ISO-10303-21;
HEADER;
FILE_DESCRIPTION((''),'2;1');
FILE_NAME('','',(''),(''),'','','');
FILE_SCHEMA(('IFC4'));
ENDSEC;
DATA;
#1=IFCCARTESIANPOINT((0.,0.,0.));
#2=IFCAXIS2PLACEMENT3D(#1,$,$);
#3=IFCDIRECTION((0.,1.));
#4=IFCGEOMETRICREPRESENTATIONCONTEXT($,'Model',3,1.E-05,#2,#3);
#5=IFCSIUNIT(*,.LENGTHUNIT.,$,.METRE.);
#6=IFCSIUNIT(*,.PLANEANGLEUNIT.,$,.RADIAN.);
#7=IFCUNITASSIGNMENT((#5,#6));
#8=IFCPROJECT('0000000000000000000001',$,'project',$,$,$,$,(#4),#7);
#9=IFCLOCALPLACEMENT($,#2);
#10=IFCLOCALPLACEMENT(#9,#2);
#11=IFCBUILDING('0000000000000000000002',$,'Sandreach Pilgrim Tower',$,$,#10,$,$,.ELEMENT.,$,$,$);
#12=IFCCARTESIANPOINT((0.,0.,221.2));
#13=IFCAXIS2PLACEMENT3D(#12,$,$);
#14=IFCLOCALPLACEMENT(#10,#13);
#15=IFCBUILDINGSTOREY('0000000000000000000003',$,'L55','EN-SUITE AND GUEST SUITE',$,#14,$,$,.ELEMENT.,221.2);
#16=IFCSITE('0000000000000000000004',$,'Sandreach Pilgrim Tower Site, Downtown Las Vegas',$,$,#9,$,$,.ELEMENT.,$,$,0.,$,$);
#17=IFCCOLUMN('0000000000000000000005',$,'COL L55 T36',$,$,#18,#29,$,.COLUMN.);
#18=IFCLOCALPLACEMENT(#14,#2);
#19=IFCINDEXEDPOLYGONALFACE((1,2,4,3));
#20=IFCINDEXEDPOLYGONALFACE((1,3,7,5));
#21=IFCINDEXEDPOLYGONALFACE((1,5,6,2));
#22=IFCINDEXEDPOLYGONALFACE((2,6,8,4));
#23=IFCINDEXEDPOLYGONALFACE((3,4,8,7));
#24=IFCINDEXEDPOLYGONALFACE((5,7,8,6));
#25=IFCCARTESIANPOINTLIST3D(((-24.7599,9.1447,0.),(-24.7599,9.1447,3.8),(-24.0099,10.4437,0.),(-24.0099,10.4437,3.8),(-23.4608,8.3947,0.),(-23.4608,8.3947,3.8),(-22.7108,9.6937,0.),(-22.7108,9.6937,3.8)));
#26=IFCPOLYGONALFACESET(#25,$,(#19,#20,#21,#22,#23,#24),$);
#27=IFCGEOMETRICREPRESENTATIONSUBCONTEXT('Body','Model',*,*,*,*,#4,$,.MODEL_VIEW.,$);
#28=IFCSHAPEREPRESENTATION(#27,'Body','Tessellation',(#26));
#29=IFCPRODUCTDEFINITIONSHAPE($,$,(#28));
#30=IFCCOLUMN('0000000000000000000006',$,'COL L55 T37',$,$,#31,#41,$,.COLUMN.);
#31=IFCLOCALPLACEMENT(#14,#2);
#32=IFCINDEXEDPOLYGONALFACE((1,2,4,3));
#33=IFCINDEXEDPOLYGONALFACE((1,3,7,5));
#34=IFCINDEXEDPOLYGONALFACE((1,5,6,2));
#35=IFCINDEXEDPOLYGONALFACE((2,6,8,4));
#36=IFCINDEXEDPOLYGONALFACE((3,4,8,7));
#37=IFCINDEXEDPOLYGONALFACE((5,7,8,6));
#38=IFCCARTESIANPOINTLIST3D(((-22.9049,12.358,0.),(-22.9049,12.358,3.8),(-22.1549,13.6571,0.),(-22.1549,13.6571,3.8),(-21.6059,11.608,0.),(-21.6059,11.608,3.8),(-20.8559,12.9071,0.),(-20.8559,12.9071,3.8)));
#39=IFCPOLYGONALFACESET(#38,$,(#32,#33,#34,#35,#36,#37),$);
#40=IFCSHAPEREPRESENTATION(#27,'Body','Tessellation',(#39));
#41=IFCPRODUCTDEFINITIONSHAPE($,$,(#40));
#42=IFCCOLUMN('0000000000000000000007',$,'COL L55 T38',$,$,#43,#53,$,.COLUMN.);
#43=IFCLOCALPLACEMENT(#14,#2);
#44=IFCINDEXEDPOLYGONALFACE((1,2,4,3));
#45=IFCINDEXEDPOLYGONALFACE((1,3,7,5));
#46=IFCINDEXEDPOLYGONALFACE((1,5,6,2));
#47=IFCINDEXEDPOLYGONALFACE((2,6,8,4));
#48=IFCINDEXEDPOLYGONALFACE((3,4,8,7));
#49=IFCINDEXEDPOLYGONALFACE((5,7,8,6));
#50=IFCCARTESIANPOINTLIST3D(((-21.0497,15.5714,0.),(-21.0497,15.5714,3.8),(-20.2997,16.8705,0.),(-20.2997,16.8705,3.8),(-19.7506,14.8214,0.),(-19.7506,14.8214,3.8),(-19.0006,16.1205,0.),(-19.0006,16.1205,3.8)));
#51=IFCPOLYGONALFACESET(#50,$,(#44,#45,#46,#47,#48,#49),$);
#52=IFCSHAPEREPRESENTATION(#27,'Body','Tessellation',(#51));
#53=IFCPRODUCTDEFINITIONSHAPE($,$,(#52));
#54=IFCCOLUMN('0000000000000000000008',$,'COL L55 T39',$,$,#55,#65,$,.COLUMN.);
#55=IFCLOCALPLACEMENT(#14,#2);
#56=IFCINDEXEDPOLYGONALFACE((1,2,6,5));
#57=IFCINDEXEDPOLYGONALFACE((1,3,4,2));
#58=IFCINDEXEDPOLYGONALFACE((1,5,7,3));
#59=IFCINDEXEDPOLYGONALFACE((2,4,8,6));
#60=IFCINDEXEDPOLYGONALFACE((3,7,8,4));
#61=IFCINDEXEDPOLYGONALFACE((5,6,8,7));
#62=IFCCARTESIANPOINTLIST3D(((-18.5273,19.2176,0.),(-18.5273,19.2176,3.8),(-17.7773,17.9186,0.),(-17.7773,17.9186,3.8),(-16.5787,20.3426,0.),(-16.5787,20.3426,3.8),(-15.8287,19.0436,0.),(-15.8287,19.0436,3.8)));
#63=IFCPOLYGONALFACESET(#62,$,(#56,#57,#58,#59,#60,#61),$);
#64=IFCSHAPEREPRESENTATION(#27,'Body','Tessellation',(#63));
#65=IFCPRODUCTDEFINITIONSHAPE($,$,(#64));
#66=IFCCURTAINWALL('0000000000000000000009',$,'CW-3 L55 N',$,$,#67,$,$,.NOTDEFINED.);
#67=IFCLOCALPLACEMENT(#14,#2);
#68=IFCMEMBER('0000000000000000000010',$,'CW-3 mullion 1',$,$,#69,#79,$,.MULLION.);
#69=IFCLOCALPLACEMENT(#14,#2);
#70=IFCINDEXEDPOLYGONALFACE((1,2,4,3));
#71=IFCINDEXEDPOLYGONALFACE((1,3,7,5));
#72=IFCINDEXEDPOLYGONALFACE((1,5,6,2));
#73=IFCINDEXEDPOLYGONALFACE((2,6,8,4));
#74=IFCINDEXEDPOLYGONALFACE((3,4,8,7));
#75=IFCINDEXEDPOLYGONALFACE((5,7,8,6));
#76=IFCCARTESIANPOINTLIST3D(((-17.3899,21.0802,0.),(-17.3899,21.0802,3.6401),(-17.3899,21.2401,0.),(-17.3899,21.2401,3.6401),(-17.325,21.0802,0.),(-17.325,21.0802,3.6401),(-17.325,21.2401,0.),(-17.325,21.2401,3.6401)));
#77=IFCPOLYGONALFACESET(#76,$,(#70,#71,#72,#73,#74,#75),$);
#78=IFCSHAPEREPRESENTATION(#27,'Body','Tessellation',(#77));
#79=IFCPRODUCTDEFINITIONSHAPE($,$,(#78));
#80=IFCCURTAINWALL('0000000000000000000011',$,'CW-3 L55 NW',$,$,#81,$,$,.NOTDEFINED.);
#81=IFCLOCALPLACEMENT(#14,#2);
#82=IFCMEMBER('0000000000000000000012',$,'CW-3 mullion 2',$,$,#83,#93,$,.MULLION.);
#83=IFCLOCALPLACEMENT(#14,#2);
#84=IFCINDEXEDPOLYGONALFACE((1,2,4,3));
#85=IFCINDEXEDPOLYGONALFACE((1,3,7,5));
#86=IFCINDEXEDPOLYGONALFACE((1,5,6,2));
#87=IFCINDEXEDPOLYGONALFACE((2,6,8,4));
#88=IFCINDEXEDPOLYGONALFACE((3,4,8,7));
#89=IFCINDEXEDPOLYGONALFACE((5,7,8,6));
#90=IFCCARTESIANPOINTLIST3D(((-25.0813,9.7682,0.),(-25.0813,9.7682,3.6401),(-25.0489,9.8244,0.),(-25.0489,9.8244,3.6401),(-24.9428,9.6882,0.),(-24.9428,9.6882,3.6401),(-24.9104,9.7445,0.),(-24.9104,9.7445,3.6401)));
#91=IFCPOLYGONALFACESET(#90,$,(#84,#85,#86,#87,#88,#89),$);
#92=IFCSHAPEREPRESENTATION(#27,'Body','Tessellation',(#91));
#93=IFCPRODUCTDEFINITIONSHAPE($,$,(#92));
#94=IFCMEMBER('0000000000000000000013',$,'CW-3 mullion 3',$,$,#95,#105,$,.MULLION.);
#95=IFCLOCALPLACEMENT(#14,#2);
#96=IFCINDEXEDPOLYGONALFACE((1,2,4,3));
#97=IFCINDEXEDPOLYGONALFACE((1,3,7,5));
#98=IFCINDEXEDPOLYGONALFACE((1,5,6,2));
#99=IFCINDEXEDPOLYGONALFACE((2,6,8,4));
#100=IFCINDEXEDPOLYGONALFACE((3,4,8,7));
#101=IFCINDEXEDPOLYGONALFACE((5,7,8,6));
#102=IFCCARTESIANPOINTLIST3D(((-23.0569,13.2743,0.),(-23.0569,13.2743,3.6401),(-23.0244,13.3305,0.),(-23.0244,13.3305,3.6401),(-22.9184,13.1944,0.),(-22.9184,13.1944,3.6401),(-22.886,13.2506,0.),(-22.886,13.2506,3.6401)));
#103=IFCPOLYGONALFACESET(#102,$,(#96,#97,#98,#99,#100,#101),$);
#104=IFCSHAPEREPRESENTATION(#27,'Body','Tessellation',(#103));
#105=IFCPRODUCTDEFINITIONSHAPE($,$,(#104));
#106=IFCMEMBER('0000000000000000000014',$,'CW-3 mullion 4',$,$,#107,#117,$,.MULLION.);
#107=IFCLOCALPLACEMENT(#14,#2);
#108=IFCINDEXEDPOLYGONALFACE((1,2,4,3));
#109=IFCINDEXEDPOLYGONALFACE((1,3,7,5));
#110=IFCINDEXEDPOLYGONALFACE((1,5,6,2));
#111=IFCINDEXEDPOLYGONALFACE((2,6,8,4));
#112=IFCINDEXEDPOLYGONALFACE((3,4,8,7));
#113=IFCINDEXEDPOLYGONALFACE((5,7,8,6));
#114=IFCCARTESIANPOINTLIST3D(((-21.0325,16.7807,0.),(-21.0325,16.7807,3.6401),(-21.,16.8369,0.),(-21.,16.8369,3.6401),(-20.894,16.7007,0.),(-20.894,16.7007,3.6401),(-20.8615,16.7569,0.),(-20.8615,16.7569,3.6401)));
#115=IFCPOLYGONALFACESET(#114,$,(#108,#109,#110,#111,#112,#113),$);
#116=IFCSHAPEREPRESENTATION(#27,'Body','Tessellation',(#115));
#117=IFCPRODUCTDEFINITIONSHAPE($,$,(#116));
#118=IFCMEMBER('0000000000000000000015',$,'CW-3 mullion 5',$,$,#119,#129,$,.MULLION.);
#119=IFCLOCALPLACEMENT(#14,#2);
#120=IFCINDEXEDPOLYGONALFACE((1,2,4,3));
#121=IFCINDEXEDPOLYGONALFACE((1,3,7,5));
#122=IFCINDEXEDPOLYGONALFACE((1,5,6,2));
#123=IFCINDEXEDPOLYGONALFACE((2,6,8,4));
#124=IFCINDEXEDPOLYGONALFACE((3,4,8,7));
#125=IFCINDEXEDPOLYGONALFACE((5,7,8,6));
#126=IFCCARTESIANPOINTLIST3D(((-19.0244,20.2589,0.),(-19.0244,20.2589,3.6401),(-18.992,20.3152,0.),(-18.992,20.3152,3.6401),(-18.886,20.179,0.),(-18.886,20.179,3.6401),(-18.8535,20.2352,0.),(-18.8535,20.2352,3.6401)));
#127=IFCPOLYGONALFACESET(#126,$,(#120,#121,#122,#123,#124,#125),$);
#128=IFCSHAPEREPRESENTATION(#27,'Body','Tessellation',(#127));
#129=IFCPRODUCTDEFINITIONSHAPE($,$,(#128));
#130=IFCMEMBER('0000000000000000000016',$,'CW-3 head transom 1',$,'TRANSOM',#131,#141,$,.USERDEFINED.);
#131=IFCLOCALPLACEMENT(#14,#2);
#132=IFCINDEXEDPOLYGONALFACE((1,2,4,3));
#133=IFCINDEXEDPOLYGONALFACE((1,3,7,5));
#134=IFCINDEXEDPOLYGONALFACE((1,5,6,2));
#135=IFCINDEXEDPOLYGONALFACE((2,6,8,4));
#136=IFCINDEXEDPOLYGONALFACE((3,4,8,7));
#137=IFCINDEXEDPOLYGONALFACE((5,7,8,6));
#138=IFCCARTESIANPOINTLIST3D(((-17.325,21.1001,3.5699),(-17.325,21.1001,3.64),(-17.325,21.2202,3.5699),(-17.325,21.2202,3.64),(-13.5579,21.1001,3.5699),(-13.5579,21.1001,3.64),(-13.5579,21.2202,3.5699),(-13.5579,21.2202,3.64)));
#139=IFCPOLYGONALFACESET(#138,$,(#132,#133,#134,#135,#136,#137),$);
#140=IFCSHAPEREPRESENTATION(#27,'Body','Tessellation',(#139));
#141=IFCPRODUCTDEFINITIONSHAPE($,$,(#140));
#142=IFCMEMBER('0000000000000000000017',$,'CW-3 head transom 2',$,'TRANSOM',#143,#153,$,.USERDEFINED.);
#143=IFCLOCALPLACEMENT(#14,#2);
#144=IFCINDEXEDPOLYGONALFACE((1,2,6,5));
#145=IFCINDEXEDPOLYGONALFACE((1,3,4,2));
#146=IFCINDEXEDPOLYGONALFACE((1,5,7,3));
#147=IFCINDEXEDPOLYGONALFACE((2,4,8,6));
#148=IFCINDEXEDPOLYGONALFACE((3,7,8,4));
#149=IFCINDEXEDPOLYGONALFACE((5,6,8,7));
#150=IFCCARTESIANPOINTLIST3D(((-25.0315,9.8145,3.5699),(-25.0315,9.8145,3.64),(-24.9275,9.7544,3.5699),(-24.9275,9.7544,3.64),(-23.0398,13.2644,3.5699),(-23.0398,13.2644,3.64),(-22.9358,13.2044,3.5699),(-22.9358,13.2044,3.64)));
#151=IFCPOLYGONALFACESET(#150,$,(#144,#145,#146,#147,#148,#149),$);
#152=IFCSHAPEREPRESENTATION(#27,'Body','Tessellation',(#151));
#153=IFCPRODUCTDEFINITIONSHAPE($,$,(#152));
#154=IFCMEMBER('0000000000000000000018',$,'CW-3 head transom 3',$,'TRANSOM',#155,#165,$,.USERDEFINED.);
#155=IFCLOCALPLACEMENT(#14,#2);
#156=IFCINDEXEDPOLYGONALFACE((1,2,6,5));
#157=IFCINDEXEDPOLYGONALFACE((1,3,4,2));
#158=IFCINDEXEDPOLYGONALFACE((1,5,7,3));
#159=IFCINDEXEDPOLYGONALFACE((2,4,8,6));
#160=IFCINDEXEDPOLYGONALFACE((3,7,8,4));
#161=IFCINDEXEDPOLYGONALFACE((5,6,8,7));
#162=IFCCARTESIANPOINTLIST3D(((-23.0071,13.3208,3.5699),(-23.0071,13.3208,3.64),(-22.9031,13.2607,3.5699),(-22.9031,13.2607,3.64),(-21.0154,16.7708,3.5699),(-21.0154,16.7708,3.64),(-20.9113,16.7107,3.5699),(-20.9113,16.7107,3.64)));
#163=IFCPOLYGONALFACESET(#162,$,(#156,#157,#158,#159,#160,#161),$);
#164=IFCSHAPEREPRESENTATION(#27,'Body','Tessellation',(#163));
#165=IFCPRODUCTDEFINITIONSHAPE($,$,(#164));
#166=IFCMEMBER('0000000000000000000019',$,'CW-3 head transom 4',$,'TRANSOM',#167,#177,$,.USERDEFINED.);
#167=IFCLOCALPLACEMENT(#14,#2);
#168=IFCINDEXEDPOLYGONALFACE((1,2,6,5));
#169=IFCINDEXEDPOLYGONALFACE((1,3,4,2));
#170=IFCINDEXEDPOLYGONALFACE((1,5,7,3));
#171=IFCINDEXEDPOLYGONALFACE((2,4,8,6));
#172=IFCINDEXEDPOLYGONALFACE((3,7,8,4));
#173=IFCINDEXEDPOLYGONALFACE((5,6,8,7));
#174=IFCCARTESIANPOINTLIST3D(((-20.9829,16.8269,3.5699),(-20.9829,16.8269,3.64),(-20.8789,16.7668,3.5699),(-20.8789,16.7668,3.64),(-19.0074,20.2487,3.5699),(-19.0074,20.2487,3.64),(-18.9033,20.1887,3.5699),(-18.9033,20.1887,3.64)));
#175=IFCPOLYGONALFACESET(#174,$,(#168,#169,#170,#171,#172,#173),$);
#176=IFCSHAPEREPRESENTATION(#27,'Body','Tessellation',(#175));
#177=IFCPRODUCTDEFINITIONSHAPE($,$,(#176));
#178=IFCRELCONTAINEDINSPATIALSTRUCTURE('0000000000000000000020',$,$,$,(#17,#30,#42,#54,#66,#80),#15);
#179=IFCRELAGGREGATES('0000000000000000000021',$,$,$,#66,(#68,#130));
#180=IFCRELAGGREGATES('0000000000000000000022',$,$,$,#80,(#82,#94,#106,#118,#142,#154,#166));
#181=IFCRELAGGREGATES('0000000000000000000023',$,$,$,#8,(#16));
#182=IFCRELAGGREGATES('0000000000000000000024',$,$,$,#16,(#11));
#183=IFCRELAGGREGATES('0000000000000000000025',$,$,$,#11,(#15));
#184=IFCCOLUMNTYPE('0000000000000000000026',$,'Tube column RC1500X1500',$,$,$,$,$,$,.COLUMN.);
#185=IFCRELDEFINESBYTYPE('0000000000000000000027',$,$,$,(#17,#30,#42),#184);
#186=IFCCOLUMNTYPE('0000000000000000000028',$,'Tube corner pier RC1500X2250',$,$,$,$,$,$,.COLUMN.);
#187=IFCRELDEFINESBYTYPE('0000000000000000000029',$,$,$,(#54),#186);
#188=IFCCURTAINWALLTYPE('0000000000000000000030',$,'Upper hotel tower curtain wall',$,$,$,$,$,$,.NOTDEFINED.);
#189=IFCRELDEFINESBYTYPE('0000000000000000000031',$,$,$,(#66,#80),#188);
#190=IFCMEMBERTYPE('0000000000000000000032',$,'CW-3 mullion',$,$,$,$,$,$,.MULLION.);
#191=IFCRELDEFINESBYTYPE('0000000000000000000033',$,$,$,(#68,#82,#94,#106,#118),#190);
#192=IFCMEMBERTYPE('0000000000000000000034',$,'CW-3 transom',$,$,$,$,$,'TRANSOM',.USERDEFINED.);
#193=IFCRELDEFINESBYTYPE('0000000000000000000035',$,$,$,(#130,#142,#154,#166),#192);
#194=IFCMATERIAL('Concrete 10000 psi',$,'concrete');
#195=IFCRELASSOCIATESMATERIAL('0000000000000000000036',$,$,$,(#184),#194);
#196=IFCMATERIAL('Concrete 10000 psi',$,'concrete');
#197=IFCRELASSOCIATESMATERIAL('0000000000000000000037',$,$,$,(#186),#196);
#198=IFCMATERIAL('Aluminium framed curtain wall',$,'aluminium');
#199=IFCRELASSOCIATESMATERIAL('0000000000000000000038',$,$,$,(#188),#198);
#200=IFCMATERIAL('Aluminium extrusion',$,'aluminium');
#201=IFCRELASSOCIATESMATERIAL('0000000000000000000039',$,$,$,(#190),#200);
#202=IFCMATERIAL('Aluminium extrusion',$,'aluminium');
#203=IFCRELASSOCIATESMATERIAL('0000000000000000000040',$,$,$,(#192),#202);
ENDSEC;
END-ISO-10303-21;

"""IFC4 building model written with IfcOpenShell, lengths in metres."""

from ifc_helpers import new_model, si_unit, direction, frame, origin, origin_2d, place, context, subcontext, project, spatial, rectangle, extrude, material, material_profile, profile_set, type_object, element, aggregate, save


model = new_model("IFC4")

# Units and contexts
model_context = context("Model", 3, precision=1e-05, world=origin(), true_north=direction((0.0, 1.0)))
body_context = subcontext(model_context, "Body", "Model", "MODEL_VIEW")
ifc_project = project(units=[si_unit("LENGTHUNIT", "METRE"), si_unit("PLANEANGLEUNIT", "RADIAN")], contexts=[model_context])

# Site, building, storey
site_placement = place(None, origin())
site = spatial("IfcSite", under=ifc_project, at=site_placement, Name="Sandreach Pilgrim Tower Site, Downtown Las Vegas", CompositionType="ELEMENT", RefElevation=0.0)
building_placement = place(site_placement, origin())
building = spatial("IfcBuilding", under=site, at=building_placement, Name="Sandreach Pilgrim Tower", CompositionType="ELEMENT")
storey_placement = place(building_placement, frame((0.0, 0.0, 221.2)))
storey = spatial("IfcBuildingStorey", under=building, at=storey_placement, Name="L55", Description="EN-SUITE AND GUEST SUITE", CompositionType="ELEMENT", Elevation=221.2)

# Columns
ifc_material_1 = material(Name="Concrete 10000 psi", Category="concrete")
ifc_material_profile_1 = material_profile(ifc_material_1, rectangle(XDim=1.5, YDim=1.5, at=origin_2d()), Name="RC1500X1500")
ifc_profile_set_1 = profile_set([ifc_material_profile_1], Name="Concrete 10000 psi")
column_type_1 = type_object("IfcColumnType", Name="Tube column RC1500X1500", PredefinedType="COLUMN", material=ifc_profile_set_1)
for number, where, z_axis, x_axis, name in (
    (1, (-23.7354, 9.4192, 0.0), (0.0, 0.0, 1.0), (-0.866025, 0.5, 0.0), "COL L55 T36"),
    (2, (-21.8804, 12.6326, 0.0), (0.0, 0.0, 1.0), (-0.866025, 0.5, 0.0), "COL L55 T37"),
    (3, (-20.0251, 15.8459, 0.0), (0.0, 0.0, 1.0), (-0.866025, 0.5, 0.0), "COL L55 T38"),
):
    element("IfcColumn", number, at=place(storey_placement, frame(where, z_axis=z_axis, x_axis=x_axis)), inside=storey, type_object=column_type_1, Name=name, PredefinedType="COLUMN", context=body_context, shape_type="SweptSolid", body=[
        extrude(rectangle(XDim=1.5, YDim=1.5, at=origin_2d()), origin(), (0.0, 0.0, 1.0), 3.8),
    ])
ifc_material_2 = material(Name="Concrete 10000 psi", Category="concrete")
ifc_material_profile_2 = material_profile(ifc_material_2, rectangle(XDim=1.5, YDim=2.25, at=origin_2d()), Name="RC1500X2250")
ifc_profile_set_2 = profile_set([ifc_material_profile_2], Name="Concrete 10000 psi")
column_type_2 = type_object("IfcColumnType", Name="Tube corner pier RC1500X2250", PredefinedType="COLUMN", material=ifc_profile_set_2)
column_placement = place(storey_placement, frame((-17.178, 19.1306, 0.0), z_axis=(0.0, 0.0, 1.0), x_axis=(-0.5, 0.866025, 0.0)))
element("IfcColumn", 4, at=column_placement, inside=storey, type_object=column_type_2, Name="COL L55 T39", PredefinedType="COLUMN", context=body_context, shape_type="SweptSolid", body=[
    extrude(rectangle(XDim=1.5, YDim=2.25, at=origin_2d()), origin(), (0.0, 0.0, 1.0), 3.8),
])

# Curtain wall, member
ifc_material_3 = material(Name="Aluminium framed curtain wall", Category="aluminium")
curtain_wall_type = type_object("IfcCurtainWallType", Name="Upper hotel tower curtain wall", PredefinedType="NOTDEFINED", material=ifc_material_3)
curtain_wall_1_placement = place(storey_placement, origin())
curtain_wall_1 = element("IfcCurtainWall", 5, at=curtain_wall_1_placement, inside=storey, type_object=curtain_wall_type, Name="CW-3 L55 N", PredefinedType="NOTDEFINED")
ifc_material_4 = material(Name="Aluminium extrusion", Category="aluminium")
ifc_material_profile_3 = material_profile(ifc_material_4, rectangle(XDim=0.0649, YDim=0.1599, at=origin_2d()), Name="CW-3M 65X160")
ifc_profile_set_3 = profile_set([ifc_material_profile_3], Name="Aluminium extrusion")
member_type_1 = type_object("IfcMemberType", Name="CW-3 mullion", PredefinedType="MULLION", material=ifc_profile_set_3)
member_1_placement = place(storey_placement, frame((-17.3574, 21.1602, 0.0), z_axis=(0.0, 0.0, 1.0), x_axis=(1.0, 0.0, 0.0)))
member_1 = element("IfcMember", 6, at=member_1_placement, type_object=member_type_1, Name="CW-3 mullion 1", PredefinedType="MULLION", context=body_context, shape_type="SweptSolid", body=[
    extrude(rectangle(XDim=0.0649, YDim=0.1599, at=origin_2d()), origin(), (0.0, 0.0, 1.0), 3.6401),
])

# Curtain wall, members
curtain_wall_2_placement = place(storey_placement, origin())
curtain_wall_2 = element("IfcCurtainWall", 7, at=curtain_wall_2_placement, inside=storey, type_object=curtain_wall_type, Name="CW-3 L55 NW", PredefinedType="NOTDEFINED")
member_2_placement = place(storey_placement, frame((-24.9958, 9.7563, 0.0), z_axis=(0.0, 0.0, 1.0), x_axis=(0.5, 0.866025, 0.0)))
member_2 = element("IfcMember", 8, at=member_2_placement, type_object=member_type_1, Name="CW-3 mullion 2", PredefinedType="MULLION", context=body_context, shape_type="SweptSolid", body=[
    extrude(rectangle(XDim=0.0649, YDim=0.1599, at=origin_2d()), origin(), (0.0, 0.0, 1.0), 3.6401),
])
member_3_placement = place(storey_placement, frame((-22.9714, 13.2625, 0.0), z_axis=(0.0, 0.0, 1.0), x_axis=(0.5, 0.866025, 0.0)))
member_3 = element("IfcMember", 9, at=member_3_placement, type_object=member_type_1, Name="CW-3 mullion 3", PredefinedType="MULLION", context=body_context, shape_type="SweptSolid", body=[
    extrude(rectangle(XDim=0.0649, YDim=0.1599, at=origin_2d()), origin(), (0.0, 0.0, 1.0), 3.6401),
])
member_4_placement = place(storey_placement, frame((-20.947, 16.7688, 0.0), z_axis=(0.0, 0.0, 1.0), x_axis=(0.5, 0.866025, 0.0)))
member_4 = element("IfcMember", 10, at=member_4_placement, type_object=member_type_1, Name="CW-3 mullion 4", PredefinedType="MULLION", context=body_context, shape_type="SweptSolid", body=[
    extrude(rectangle(XDim=0.0649, YDim=0.1599, at=origin_2d()), origin(), (0.0, 0.0, 1.0), 3.6401),
])
member_5_placement = place(storey_placement, frame((-18.939, 20.2471, 0.0), z_axis=(0.0, 0.0, 1.0), x_axis=(0.5, 0.866025, 0.0)))
member_5 = element("IfcMember", 11, at=member_5_placement, type_object=member_type_1, Name="CW-3 mullion 5", PredefinedType="MULLION", context=body_context, shape_type="SweptSolid", body=[
    extrude(rectangle(XDim=0.0649, YDim=0.1599, at=origin_2d()), origin(), (0.0, 0.0, 1.0), 3.6401),
])

# Members
ifc_material_5 = material(Name="Aluminium extrusion", Category="aluminium")
ifc_material_profile_4 = material_profile(ifc_material_5, rectangle(XDim=0.1201, YDim=0.0701, at=origin_2d()), Name="CW-3T 120X70")
ifc_profile_set_4 = profile_set([ifc_material_profile_4], Name="Aluminium extrusion")
member_type_2 = type_object("IfcMemberType", Name="CW-3 transom", ElementType="TRANSOM", PredefinedType="USERDEFINED", material=ifc_profile_set_4)
member_6_placement = place(storey_placement, frame((-17.325, 21.1602, 3.605), z_axis=(1.0, 0.0, 0.0), x_axis=(0.0, 1.0, 0.0)))
member_6 = element("IfcMember", 12, at=member_6_placement, type_object=member_type_2, Name="CW-3 head transom 1", ObjectType="TRANSOM", PredefinedType="USERDEFINED", context=body_context, shape_type="SweptSolid", body=[
    extrude(rectangle(XDim=0.1201, YDim=0.0701, at=origin_2d()), origin(), (0.0, 0.0, 1.0), 3.7671),
])
member_7_placement = place(storey_placement, frame((-24.9795, 9.7844, 3.605), z_axis=(0.499975, 0.86604, 0.0), x_axis=(-0.86604, 0.499975, 0.0)))
member_7 = element("IfcMember", 13, at=member_7_placement, type_object=member_type_2, Name="CW-3 head transom 2", ObjectType="TRANSOM", PredefinedType="USERDEFINED", context=body_context, shape_type="SweptSolid", body=[
    extrude(rectangle(XDim=0.1201, YDim=0.0701, at=origin_2d()), origin(), (0.0, 0.0, 1.0), 3.9836),
])
member_8_placement = place(storey_placement, frame((-22.9551, 13.2908, 3.605), z_axis=(0.499975, 0.86604, 0.0), x_axis=(-0.86604, 0.499975, 0.0)))
member_8 = element("IfcMember", 14, at=member_8_placement, type_object=member_type_2, Name="CW-3 head transom 3", ObjectType="TRANSOM", PredefinedType="USERDEFINED", context=body_context, shape_type="SweptSolid", body=[
    extrude(rectangle(XDim=0.1201, YDim=0.0701, at=origin_2d()), origin(), (0.0, 0.0, 1.0), 3.9836),
])
member_9_placement = place(storey_placement, frame((-20.9309, 16.7969, 3.605), z_axis=(0.499993, 0.866029, 0.0), x_axis=(-0.866029, 0.499993, 0.0)))
member_9 = element("IfcMember", 15, at=member_9_placement, type_object=member_type_2, Name="CW-3 head transom 4", ObjectType="TRANSOM", PredefinedType="USERDEFINED", context=body_context, shape_type="SweptSolid", body=[
    extrude(rectangle(XDim=0.1201, YDim=0.0701, at=origin_2d()), origin(), (0.0, 0.0, 1.0), 3.9512),
])

aggregate(curtain_wall_1, [member_1, member_6])
aggregate(curtain_wall_2, [member_2, member_3, member_4, member_5, member_7, member_8, member_9])

save(model, "model.ifc")
